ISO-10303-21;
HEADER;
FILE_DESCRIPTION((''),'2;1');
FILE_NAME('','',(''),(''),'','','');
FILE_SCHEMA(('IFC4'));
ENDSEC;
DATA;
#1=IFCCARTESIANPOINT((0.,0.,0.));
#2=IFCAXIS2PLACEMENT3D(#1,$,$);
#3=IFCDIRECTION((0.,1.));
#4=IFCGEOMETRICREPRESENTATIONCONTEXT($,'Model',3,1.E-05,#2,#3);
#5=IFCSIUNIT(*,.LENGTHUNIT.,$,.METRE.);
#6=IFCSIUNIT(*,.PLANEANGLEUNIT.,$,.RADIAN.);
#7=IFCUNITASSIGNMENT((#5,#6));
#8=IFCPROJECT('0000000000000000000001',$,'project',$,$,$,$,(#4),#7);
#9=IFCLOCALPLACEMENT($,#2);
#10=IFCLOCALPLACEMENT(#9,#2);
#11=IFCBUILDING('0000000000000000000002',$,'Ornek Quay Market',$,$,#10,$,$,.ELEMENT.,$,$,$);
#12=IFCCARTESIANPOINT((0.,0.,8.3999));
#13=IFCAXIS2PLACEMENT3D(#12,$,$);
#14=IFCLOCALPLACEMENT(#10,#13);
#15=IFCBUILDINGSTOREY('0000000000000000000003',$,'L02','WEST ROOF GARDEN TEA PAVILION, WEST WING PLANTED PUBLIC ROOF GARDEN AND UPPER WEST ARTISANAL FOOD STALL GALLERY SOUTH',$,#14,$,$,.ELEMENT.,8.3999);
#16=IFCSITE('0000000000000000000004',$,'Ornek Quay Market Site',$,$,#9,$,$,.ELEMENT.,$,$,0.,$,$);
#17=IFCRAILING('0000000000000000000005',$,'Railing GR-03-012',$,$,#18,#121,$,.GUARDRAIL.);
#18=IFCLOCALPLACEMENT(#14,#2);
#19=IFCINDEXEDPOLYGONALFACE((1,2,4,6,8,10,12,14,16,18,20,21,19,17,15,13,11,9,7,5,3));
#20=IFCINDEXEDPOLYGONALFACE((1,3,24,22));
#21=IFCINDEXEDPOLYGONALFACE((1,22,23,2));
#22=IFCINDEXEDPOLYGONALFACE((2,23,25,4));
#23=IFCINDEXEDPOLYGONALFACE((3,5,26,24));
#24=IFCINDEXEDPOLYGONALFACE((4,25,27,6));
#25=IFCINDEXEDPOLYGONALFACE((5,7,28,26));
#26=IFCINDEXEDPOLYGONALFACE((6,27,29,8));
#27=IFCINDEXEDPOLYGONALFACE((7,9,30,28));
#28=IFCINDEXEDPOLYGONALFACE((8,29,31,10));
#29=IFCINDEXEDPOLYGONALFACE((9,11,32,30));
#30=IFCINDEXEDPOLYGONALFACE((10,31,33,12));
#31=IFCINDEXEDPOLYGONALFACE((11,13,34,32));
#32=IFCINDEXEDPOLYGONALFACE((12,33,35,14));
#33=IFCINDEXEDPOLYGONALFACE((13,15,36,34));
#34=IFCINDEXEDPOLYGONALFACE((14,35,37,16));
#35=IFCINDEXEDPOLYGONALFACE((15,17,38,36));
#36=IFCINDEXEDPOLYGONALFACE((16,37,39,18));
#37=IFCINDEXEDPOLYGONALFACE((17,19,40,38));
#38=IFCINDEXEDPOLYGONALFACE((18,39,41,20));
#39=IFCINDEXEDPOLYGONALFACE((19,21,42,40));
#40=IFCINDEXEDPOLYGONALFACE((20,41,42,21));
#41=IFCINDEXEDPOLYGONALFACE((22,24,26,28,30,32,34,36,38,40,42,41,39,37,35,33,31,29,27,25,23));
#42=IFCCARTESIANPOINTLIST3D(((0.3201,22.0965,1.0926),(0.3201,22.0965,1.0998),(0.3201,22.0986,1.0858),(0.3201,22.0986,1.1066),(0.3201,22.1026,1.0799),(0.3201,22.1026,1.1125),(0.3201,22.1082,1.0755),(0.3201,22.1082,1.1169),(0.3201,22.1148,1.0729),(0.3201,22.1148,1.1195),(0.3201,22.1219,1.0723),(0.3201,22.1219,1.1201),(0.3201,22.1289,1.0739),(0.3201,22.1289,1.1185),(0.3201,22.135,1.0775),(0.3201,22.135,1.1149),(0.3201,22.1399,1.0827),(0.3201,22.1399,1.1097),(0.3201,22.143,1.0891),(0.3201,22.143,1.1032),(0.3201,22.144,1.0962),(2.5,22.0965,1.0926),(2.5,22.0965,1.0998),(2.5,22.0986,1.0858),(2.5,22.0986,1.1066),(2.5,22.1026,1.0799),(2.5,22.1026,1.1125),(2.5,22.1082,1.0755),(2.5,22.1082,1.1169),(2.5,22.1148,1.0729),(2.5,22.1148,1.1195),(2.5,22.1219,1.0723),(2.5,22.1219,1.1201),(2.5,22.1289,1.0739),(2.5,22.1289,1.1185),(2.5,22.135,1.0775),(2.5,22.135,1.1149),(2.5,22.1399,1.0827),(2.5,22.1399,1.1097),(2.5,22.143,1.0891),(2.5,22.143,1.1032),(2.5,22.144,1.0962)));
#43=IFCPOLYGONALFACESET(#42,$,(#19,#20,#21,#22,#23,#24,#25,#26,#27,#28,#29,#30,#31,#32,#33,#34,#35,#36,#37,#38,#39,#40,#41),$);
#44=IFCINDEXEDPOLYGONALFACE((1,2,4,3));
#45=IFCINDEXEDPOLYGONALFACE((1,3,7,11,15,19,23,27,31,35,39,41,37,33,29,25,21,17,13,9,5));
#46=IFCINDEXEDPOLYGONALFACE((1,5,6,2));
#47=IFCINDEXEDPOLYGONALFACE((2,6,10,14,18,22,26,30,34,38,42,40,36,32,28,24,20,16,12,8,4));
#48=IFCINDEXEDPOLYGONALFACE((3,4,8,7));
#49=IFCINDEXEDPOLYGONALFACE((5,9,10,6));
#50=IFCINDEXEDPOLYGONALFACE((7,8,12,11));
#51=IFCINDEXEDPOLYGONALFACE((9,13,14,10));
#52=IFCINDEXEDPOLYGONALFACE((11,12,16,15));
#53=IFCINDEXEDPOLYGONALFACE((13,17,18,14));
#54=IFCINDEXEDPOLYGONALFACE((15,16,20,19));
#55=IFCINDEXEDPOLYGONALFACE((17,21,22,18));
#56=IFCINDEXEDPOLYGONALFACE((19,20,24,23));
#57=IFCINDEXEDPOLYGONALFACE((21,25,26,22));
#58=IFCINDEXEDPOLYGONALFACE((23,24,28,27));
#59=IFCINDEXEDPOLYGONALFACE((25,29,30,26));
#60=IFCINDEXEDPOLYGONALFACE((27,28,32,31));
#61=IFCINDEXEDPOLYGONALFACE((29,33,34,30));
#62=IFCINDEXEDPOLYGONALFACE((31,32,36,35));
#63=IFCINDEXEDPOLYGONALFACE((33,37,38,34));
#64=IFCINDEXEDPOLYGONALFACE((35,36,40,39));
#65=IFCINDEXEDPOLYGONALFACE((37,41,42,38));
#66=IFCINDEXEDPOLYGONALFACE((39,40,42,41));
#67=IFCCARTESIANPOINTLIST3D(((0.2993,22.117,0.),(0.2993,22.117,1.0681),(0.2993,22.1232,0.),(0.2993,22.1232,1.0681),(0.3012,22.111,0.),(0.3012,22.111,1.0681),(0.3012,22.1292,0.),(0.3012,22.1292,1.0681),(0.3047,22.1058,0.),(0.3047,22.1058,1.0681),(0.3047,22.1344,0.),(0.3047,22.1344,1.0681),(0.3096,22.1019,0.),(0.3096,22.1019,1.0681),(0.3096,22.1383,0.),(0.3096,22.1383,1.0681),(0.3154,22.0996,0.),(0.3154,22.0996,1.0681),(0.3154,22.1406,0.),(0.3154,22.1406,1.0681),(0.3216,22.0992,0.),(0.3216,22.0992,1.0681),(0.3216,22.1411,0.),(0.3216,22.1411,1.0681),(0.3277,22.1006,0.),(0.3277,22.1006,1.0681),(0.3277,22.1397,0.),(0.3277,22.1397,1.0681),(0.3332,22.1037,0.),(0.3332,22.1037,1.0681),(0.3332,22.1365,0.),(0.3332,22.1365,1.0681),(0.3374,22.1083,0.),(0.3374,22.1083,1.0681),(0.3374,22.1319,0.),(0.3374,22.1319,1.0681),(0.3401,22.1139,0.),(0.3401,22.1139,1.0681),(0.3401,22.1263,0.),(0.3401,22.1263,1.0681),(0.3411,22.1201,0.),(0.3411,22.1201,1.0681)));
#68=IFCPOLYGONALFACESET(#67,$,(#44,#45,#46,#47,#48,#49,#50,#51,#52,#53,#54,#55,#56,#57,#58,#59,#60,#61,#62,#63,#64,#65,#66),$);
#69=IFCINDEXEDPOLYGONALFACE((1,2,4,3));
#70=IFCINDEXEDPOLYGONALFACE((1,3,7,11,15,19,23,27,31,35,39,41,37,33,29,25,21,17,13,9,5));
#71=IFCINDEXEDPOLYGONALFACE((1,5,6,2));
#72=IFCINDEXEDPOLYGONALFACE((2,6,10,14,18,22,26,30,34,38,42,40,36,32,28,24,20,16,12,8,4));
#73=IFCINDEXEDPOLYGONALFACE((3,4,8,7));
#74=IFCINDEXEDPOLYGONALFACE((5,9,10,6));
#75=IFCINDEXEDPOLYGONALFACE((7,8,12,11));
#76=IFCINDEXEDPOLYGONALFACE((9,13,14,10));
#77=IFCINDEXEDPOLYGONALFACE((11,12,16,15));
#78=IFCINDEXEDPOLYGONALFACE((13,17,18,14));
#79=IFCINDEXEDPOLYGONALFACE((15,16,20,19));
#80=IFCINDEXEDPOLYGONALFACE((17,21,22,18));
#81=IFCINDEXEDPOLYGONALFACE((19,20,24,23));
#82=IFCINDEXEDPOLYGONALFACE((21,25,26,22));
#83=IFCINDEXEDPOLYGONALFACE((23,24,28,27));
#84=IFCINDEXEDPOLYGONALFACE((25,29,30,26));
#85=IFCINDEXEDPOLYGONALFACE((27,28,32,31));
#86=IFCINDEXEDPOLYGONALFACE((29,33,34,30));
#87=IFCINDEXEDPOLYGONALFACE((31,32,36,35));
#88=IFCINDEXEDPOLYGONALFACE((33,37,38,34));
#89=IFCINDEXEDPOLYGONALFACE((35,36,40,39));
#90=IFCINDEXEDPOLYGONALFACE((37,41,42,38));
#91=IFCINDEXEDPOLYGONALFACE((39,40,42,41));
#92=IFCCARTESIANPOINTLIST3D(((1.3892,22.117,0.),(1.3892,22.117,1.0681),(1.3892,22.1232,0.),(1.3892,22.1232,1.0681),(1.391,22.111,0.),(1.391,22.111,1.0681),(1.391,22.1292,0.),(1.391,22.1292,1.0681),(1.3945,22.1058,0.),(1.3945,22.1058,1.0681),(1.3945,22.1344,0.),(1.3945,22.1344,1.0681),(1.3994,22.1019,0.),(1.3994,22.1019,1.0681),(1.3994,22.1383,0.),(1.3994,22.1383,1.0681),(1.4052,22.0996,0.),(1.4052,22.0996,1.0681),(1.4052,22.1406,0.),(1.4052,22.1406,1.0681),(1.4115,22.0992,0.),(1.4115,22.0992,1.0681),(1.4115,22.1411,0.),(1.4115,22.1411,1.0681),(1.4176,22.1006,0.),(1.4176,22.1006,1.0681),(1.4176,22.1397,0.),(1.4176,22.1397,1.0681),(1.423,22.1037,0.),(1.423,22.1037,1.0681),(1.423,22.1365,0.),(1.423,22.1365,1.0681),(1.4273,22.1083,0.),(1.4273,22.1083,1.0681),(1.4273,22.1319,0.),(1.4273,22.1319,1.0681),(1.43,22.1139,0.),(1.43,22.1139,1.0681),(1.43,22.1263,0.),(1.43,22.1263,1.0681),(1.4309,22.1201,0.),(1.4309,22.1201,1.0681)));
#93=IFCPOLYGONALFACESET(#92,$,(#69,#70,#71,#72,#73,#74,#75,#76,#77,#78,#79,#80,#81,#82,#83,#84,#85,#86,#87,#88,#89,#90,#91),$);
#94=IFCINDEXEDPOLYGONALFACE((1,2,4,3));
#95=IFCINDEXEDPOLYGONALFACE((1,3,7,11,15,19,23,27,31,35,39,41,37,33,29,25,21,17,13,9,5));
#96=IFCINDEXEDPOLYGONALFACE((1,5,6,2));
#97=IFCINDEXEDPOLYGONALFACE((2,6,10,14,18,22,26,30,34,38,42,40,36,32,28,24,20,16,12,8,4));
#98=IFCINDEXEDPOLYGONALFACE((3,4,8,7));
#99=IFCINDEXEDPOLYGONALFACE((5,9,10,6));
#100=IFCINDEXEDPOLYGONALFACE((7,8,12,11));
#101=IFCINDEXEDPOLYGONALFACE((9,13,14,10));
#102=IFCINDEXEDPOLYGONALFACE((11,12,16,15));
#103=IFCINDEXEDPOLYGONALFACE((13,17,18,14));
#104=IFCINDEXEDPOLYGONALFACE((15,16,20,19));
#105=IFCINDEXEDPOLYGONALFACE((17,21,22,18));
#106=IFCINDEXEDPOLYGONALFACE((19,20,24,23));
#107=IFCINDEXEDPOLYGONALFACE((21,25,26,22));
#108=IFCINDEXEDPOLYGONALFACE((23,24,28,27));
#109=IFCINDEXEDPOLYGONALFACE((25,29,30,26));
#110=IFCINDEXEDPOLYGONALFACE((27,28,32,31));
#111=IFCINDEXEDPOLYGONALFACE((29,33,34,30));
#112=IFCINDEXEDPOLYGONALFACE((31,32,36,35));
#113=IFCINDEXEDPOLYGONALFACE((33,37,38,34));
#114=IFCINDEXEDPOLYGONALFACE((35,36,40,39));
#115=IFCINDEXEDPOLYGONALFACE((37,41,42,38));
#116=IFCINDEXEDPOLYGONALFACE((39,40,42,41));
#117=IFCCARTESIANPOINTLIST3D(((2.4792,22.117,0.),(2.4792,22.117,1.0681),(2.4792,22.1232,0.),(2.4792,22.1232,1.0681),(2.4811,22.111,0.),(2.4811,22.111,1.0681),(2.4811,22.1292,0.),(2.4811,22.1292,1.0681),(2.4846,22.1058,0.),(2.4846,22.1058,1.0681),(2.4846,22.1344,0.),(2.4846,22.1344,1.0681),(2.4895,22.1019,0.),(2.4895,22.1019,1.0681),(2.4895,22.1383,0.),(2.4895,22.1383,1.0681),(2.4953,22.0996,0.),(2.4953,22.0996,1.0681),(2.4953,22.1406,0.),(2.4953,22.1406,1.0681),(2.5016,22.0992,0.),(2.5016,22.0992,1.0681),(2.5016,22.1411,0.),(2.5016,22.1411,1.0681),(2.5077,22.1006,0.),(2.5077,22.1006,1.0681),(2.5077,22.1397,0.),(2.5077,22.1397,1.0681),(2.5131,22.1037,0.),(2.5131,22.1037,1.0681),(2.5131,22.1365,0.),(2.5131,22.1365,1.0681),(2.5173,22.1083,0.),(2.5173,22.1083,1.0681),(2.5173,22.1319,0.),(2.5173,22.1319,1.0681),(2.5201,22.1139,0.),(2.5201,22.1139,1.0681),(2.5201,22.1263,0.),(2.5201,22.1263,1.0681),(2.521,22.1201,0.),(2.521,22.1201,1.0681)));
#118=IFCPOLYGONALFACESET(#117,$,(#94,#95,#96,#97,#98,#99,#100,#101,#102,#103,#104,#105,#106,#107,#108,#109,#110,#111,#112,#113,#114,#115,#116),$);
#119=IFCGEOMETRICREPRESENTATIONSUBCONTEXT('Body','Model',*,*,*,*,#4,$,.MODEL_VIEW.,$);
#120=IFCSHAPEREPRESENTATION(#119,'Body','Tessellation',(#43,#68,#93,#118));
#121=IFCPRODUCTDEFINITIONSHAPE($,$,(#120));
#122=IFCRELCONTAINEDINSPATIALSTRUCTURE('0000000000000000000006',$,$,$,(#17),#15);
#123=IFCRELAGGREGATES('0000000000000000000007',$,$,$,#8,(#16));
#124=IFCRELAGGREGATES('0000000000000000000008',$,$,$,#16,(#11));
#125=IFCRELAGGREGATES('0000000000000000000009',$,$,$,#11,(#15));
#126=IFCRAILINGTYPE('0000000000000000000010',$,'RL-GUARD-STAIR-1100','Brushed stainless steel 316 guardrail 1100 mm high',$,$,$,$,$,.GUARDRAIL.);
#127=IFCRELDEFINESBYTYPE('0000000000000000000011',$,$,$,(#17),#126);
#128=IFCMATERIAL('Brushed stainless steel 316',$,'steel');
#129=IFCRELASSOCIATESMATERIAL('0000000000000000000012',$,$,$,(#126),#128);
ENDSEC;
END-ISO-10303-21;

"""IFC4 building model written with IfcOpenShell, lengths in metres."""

from ifc_helpers import new_model, si_unit, direction, frame, origin, origin_2d, place, context, subcontext, project, spatial, circle, extrude, material, type_object, element, save


model = new_model("IFC4")

# Units and contexts
model_context = context("Model", 3, precision=1e-05, world=origin(), true_north=direction((0.0, 1.0)))
body_context = subcontext(model_context, "Body", "Model", "MODEL_VIEW")
ifc_project = project(units=[si_unit("LENGTHUNIT", "METRE"), si_unit("PLANEANGLEUNIT", "RADIAN")], contexts=[model_context])

# Site, building, storey
site_placement = place(None, origin())
site = spatial("IfcSite", under=ifc_project, at=site_placement, Name="Ornek Quay Market Site", CompositionType="ELEMENT", RefElevation=0.0)
building_placement = place(site_placement, origin())
building = spatial("IfcBuilding", under=site, at=building_placement, Name="Ornek Quay Market", CompositionType="ELEMENT")
storey_placement = place(building_placement, frame((0.0, 0.0, 8.3999)))
storey = spatial("IfcBuildingStorey", under=building, at=storey_placement, Name="L02", Description="WEST ROOF GARDEN TEA PAVILION, WEST WING PLANTED PUBLIC ROOF GARDEN AND UPPER WEST ARTISANAL FOOD STALL GALLERY SOUTH", CompositionType="ELEMENT", Elevation=8.3999)

# Railing
ifc_material_1 = material(Name="Brushed stainless steel 316", Category="steel")
railing_type_1 = type_object("IfcRailingType", Name="RL-GUARD-STAIR-1100", Description="Brushed stainless steel 316 guardrail 1100 mm high", PredefinedType="GUARDRAIL", material=ifc_material_1)
railing_1_placement = place(storey_placement, frame((0.3201, 22.1201, 0.0)))
element("IfcRailing", 1, at=railing_1_placement, inside=storey, type_object=railing_type_1, Name="Railing GR-03-012", PredefinedType="GUARDRAIL", context=body_context, shape_type="SweptSolid", body=[
    extrude(circle(Radius=0.0239, at=origin_2d()), frame((0.0, 0.0, 1.0962), z_axis=(1.0, 0.0, 0.0), x_axis=(0.0, 1.0, 0.0)), (0.0, 0.0, 1.0), 2.1799),
    extrude(circle(Radius=0.021, at=origin_2d()), origin(), (0.0, 0.0, 1.0), 1.0681),
    extrude(circle(Radius=0.021, at=origin_2d()), frame((1.0898, 0.0, 0.0)), (0.0, 0.0, 1.0), 1.0681),
    extrude(circle(Radius=0.021, at=origin_2d()), frame((2.1799, 0.0, 0.0)), (0.0, 0.0, 1.0), 1.0681),
])

save(model, "model.ifc")
